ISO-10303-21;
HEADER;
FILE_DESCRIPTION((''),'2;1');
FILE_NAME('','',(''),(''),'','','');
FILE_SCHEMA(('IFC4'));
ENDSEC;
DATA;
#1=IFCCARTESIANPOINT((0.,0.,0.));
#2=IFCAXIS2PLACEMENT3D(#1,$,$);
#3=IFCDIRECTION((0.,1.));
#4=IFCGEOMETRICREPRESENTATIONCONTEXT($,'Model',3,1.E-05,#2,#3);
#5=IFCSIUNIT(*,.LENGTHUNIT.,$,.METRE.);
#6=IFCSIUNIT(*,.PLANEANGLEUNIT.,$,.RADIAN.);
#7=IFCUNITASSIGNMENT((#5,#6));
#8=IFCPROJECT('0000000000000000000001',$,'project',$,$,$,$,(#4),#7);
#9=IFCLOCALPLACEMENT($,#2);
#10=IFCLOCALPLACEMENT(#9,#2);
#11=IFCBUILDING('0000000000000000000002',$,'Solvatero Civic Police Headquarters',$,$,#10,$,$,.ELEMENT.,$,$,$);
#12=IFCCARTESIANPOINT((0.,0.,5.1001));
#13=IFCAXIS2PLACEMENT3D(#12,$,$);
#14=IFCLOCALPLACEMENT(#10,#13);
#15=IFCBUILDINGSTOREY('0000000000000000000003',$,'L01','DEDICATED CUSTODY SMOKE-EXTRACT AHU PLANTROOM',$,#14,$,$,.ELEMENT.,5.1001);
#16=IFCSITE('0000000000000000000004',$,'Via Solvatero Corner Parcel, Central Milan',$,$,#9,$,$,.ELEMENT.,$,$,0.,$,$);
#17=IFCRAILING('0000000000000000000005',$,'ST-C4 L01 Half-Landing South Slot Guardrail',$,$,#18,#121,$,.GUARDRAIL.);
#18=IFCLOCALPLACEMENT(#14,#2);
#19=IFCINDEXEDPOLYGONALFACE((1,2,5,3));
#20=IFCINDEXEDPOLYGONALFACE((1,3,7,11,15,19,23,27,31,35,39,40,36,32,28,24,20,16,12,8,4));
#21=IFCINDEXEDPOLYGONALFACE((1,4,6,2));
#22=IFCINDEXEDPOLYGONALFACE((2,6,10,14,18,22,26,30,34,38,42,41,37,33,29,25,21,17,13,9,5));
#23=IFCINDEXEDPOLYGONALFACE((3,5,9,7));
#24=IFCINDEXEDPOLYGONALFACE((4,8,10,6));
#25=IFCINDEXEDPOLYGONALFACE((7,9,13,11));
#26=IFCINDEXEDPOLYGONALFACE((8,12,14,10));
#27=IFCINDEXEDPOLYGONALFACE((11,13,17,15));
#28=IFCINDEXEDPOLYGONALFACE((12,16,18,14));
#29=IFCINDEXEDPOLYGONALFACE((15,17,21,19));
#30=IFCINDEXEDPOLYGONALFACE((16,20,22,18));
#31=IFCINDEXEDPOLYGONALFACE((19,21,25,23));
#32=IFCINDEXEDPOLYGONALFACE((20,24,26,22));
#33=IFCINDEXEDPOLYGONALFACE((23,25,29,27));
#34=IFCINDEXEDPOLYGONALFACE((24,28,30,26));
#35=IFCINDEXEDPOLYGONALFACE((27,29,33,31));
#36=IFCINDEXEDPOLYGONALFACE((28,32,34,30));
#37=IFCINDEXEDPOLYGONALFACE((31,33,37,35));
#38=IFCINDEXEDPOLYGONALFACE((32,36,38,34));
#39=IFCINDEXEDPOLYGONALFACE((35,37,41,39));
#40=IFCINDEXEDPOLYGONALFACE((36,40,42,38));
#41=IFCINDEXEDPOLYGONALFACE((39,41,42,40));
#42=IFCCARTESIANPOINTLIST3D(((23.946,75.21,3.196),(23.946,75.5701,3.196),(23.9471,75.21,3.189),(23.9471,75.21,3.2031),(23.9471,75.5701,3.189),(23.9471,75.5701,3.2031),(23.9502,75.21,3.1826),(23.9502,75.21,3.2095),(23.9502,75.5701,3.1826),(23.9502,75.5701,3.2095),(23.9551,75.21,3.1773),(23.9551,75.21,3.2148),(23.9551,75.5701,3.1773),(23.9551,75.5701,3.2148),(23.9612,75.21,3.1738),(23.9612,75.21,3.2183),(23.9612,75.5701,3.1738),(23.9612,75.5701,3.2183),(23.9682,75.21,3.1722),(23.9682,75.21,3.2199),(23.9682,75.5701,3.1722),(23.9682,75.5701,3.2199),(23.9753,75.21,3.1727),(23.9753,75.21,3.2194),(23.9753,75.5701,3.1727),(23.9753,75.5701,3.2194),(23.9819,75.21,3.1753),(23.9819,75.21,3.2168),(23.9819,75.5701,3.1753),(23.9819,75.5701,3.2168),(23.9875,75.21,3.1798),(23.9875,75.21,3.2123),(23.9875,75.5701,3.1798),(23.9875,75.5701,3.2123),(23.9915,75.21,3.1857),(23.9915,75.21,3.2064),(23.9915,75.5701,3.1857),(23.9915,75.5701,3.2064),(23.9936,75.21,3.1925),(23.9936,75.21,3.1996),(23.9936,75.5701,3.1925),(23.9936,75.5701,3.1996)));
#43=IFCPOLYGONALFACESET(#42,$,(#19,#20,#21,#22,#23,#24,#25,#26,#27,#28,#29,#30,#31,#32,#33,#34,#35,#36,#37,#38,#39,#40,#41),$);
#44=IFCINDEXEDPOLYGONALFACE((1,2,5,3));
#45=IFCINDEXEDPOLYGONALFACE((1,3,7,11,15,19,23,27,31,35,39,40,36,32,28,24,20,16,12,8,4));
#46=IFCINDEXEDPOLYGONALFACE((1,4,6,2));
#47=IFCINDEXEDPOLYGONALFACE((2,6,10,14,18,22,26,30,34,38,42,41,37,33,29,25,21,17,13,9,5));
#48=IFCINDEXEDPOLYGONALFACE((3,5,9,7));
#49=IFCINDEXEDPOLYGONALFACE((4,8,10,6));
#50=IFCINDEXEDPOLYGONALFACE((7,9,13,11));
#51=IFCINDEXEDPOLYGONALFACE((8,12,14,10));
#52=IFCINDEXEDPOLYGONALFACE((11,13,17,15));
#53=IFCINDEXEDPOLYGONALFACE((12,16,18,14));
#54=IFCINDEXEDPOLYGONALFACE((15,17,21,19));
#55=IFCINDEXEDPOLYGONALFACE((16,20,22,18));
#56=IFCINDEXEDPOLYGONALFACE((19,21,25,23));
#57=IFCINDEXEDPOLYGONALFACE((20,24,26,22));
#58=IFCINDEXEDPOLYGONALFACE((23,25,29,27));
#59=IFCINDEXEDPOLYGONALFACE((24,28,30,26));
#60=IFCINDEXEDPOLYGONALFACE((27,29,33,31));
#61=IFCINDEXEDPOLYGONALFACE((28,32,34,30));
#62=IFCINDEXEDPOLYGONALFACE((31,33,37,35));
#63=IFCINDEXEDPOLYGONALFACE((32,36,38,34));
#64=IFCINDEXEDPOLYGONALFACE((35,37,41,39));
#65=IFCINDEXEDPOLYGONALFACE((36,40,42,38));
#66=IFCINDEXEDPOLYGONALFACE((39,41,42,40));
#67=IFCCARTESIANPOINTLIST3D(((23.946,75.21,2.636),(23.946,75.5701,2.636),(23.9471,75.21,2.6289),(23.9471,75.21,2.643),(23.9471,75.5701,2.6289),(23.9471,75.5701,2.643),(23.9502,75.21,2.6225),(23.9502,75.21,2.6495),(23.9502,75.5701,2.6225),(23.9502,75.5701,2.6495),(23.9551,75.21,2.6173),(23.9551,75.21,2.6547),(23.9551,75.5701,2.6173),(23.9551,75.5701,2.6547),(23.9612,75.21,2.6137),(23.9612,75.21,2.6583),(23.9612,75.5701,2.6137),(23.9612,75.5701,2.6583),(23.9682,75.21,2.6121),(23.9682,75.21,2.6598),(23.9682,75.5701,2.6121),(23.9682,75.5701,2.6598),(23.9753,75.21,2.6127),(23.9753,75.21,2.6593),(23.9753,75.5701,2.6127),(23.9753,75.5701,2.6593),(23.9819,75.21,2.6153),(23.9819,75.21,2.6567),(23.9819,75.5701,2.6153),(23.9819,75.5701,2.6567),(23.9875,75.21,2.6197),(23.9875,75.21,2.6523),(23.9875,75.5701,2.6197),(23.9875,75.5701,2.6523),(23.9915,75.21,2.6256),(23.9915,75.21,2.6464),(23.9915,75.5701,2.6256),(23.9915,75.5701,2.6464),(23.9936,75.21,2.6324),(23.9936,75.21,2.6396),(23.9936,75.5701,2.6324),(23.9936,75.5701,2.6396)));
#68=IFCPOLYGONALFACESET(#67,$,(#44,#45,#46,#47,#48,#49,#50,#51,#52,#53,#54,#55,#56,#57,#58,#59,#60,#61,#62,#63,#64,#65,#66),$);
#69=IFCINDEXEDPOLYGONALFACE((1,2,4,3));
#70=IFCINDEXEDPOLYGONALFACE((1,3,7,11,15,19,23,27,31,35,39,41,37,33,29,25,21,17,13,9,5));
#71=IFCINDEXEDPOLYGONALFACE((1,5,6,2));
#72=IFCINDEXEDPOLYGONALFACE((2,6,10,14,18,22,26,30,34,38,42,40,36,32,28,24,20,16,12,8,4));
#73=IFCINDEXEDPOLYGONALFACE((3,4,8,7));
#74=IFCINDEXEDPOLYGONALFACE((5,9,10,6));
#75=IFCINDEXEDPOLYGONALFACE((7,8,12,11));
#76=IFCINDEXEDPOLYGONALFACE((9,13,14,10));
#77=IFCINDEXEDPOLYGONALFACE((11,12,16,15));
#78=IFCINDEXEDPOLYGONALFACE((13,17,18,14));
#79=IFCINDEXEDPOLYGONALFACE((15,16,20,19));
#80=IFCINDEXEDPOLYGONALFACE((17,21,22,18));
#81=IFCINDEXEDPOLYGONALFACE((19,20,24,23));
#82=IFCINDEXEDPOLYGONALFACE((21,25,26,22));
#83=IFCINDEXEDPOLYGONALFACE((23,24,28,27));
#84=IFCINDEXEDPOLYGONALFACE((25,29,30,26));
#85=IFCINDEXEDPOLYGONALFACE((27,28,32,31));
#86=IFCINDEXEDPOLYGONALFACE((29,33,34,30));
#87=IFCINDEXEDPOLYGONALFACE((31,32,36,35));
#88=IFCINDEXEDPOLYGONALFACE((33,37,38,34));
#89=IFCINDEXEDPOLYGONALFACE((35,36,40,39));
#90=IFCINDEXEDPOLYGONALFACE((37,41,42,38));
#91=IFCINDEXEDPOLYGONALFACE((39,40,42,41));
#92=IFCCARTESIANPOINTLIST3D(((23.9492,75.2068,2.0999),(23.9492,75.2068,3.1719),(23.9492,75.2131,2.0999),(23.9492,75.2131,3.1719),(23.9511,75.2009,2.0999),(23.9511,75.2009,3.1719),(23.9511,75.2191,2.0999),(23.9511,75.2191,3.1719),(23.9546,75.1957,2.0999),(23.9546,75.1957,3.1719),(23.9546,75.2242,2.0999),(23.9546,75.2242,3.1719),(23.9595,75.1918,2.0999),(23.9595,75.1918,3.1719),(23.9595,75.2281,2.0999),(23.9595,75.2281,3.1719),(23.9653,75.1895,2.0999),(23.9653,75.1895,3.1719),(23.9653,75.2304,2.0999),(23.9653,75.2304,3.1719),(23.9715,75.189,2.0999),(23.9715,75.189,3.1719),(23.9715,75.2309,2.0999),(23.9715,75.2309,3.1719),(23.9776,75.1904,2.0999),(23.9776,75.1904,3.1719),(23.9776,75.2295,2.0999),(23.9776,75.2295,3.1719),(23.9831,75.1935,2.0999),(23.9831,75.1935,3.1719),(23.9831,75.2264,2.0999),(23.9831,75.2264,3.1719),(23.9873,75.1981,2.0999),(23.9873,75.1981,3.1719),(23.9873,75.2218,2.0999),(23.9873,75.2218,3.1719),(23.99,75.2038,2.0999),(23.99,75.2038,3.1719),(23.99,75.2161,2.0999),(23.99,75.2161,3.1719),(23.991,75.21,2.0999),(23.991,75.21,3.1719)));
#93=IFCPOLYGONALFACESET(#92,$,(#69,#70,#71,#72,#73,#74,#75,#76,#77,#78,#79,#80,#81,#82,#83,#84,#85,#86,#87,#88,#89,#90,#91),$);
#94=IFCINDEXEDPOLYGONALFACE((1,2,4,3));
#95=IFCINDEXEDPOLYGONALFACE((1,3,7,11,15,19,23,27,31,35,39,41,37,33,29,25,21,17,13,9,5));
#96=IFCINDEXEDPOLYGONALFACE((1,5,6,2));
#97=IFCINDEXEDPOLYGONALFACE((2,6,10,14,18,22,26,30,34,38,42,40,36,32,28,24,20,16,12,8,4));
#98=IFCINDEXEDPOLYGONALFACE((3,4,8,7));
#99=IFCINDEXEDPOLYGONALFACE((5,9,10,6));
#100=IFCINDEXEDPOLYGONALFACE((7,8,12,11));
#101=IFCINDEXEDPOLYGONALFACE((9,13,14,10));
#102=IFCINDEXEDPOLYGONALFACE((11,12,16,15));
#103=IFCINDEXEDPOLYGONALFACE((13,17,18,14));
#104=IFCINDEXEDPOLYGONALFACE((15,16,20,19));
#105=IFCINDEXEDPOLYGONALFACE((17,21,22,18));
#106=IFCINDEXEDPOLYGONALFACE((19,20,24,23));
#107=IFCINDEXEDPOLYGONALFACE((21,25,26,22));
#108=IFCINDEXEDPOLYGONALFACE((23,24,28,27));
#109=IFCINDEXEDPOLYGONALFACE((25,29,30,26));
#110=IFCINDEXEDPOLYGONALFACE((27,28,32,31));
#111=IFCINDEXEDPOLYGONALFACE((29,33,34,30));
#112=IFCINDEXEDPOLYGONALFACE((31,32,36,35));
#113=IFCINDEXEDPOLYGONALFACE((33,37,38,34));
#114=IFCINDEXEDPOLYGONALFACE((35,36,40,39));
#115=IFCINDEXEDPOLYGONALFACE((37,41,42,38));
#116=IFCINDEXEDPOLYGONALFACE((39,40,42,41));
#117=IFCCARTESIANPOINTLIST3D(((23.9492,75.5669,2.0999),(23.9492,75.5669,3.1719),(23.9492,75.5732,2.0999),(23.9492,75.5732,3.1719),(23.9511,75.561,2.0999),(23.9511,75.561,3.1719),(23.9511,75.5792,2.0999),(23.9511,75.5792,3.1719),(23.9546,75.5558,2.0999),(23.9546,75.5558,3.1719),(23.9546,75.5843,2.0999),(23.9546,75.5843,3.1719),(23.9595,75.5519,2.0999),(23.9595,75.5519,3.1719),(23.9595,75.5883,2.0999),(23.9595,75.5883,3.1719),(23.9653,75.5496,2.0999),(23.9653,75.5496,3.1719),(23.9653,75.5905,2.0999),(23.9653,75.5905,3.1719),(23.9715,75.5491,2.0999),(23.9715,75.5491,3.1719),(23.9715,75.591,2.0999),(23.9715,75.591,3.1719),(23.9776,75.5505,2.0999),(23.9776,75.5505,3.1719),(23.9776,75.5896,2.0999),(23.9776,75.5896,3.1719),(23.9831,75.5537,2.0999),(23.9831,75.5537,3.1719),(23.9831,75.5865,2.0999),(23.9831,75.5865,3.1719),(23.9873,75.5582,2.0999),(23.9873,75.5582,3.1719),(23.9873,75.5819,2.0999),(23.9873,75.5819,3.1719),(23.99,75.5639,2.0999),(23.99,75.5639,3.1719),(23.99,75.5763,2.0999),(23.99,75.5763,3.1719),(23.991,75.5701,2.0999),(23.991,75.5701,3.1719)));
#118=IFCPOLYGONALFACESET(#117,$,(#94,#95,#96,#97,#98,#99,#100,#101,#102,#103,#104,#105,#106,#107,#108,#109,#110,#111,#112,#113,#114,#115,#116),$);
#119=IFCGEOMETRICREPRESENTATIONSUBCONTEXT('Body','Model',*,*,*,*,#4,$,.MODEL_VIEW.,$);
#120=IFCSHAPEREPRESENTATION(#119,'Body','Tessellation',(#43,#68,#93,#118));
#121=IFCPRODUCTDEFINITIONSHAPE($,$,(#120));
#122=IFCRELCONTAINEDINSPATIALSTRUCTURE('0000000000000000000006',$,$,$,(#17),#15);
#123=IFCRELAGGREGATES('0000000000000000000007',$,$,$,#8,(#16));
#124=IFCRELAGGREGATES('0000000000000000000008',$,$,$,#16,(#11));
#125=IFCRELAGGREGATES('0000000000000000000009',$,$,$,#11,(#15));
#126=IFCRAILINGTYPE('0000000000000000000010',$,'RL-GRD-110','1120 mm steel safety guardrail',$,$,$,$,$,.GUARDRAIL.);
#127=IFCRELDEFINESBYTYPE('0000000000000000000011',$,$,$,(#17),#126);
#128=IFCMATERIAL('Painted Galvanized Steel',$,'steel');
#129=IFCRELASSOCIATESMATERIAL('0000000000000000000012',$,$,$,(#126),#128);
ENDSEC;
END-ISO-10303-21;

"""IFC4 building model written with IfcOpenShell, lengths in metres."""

from ifc_helpers import new_model, si_unit, direction, frame, origin, origin_2d, place, context, subcontext, project, spatial, circle, extrude, material, type_object, element, save


model = new_model("IFC4")

# Units and contexts
model_context = context("Model", 3, precision=1e-05, world=origin(), true_north=direction((0.0, 1.0)))
body_context = subcontext(model_context, "Body", "Model", "MODEL_VIEW")
ifc_project = project(units=[si_unit("LENGTHUNIT", "METRE"), si_unit("PLANEANGLEUNIT", "RADIAN")], contexts=[model_context])

# Site, building, storey
site_placement = place(None, origin())
site = spatial("IfcSite", under=ifc_project, at=site_placement, Name="Via Solvatero Corner Parcel, Central Milan", CompositionType="ELEMENT", RefElevation=0.0)
building_placement = place(site_placement, origin())
building = spatial("IfcBuilding", under=site, at=building_placement, Name="Solvatero Civic Police Headquarters", CompositionType="ELEMENT")
storey_placement = place(building_placement, frame((0.0, 0.0, 5.1001)))
storey = spatial("IfcBuildingStorey", under=building, at=storey_placement, Name="L01", Description="DEDICATED CUSTODY SMOKE-EXTRACT AHU PLANTROOM", CompositionType="ELEMENT", Elevation=5.1001)

# Railing
ifc_material_1 = material(Name="Painted Galvanized Steel", Category="steel")
railing_type_1 = type_object("IfcRailingType", Name="RL-GRD-110", Description="1120 mm steel safety guardrail", PredefinedType="GUARDRAIL", material=ifc_material_1)
for number, where, name in (
    (1, (23.97, 75.21, 2.0999), "ST-C4 L01 Half-Landing South Slot Guardrail"),
):
    element("IfcRailing", number, at=place(storey_placement, frame(where)), inside=storey, type_object=railing_type_1, Name=name, PredefinedType="GUARDRAIL", context=body_context, shape_type="SweptSolid", body=[
        extrude(circle(Radius=0.0239, at=origin_2d()), frame((0.0, 0.0, 1.0962), z_axis=(0.0, 1.0, 0.0), x_axis=(-1.0, 0.0, 0.0)), (0.0, 0.0, 1.0), 0.3601),
        extrude(circle(Radius=0.0239, at=origin_2d()), frame((0.0, 0.0, 0.5361), z_axis=(0.0, 1.0, 0.0), x_axis=(-1.0, 0.0, 0.0)), (0.0, 0.0, 1.0), 0.3601),
        extrude(circle(Radius=0.021, at=origin_2d()), origin(), (0.0, 0.0, 1.0), 1.072),
        extrude(circle(Radius=0.021, at=origin_2d()), frame((0.0, 0.3601, 0.0)), (0.0, 0.0, 1.0), 1.072),
    ])

save(model, "model.ifc")
